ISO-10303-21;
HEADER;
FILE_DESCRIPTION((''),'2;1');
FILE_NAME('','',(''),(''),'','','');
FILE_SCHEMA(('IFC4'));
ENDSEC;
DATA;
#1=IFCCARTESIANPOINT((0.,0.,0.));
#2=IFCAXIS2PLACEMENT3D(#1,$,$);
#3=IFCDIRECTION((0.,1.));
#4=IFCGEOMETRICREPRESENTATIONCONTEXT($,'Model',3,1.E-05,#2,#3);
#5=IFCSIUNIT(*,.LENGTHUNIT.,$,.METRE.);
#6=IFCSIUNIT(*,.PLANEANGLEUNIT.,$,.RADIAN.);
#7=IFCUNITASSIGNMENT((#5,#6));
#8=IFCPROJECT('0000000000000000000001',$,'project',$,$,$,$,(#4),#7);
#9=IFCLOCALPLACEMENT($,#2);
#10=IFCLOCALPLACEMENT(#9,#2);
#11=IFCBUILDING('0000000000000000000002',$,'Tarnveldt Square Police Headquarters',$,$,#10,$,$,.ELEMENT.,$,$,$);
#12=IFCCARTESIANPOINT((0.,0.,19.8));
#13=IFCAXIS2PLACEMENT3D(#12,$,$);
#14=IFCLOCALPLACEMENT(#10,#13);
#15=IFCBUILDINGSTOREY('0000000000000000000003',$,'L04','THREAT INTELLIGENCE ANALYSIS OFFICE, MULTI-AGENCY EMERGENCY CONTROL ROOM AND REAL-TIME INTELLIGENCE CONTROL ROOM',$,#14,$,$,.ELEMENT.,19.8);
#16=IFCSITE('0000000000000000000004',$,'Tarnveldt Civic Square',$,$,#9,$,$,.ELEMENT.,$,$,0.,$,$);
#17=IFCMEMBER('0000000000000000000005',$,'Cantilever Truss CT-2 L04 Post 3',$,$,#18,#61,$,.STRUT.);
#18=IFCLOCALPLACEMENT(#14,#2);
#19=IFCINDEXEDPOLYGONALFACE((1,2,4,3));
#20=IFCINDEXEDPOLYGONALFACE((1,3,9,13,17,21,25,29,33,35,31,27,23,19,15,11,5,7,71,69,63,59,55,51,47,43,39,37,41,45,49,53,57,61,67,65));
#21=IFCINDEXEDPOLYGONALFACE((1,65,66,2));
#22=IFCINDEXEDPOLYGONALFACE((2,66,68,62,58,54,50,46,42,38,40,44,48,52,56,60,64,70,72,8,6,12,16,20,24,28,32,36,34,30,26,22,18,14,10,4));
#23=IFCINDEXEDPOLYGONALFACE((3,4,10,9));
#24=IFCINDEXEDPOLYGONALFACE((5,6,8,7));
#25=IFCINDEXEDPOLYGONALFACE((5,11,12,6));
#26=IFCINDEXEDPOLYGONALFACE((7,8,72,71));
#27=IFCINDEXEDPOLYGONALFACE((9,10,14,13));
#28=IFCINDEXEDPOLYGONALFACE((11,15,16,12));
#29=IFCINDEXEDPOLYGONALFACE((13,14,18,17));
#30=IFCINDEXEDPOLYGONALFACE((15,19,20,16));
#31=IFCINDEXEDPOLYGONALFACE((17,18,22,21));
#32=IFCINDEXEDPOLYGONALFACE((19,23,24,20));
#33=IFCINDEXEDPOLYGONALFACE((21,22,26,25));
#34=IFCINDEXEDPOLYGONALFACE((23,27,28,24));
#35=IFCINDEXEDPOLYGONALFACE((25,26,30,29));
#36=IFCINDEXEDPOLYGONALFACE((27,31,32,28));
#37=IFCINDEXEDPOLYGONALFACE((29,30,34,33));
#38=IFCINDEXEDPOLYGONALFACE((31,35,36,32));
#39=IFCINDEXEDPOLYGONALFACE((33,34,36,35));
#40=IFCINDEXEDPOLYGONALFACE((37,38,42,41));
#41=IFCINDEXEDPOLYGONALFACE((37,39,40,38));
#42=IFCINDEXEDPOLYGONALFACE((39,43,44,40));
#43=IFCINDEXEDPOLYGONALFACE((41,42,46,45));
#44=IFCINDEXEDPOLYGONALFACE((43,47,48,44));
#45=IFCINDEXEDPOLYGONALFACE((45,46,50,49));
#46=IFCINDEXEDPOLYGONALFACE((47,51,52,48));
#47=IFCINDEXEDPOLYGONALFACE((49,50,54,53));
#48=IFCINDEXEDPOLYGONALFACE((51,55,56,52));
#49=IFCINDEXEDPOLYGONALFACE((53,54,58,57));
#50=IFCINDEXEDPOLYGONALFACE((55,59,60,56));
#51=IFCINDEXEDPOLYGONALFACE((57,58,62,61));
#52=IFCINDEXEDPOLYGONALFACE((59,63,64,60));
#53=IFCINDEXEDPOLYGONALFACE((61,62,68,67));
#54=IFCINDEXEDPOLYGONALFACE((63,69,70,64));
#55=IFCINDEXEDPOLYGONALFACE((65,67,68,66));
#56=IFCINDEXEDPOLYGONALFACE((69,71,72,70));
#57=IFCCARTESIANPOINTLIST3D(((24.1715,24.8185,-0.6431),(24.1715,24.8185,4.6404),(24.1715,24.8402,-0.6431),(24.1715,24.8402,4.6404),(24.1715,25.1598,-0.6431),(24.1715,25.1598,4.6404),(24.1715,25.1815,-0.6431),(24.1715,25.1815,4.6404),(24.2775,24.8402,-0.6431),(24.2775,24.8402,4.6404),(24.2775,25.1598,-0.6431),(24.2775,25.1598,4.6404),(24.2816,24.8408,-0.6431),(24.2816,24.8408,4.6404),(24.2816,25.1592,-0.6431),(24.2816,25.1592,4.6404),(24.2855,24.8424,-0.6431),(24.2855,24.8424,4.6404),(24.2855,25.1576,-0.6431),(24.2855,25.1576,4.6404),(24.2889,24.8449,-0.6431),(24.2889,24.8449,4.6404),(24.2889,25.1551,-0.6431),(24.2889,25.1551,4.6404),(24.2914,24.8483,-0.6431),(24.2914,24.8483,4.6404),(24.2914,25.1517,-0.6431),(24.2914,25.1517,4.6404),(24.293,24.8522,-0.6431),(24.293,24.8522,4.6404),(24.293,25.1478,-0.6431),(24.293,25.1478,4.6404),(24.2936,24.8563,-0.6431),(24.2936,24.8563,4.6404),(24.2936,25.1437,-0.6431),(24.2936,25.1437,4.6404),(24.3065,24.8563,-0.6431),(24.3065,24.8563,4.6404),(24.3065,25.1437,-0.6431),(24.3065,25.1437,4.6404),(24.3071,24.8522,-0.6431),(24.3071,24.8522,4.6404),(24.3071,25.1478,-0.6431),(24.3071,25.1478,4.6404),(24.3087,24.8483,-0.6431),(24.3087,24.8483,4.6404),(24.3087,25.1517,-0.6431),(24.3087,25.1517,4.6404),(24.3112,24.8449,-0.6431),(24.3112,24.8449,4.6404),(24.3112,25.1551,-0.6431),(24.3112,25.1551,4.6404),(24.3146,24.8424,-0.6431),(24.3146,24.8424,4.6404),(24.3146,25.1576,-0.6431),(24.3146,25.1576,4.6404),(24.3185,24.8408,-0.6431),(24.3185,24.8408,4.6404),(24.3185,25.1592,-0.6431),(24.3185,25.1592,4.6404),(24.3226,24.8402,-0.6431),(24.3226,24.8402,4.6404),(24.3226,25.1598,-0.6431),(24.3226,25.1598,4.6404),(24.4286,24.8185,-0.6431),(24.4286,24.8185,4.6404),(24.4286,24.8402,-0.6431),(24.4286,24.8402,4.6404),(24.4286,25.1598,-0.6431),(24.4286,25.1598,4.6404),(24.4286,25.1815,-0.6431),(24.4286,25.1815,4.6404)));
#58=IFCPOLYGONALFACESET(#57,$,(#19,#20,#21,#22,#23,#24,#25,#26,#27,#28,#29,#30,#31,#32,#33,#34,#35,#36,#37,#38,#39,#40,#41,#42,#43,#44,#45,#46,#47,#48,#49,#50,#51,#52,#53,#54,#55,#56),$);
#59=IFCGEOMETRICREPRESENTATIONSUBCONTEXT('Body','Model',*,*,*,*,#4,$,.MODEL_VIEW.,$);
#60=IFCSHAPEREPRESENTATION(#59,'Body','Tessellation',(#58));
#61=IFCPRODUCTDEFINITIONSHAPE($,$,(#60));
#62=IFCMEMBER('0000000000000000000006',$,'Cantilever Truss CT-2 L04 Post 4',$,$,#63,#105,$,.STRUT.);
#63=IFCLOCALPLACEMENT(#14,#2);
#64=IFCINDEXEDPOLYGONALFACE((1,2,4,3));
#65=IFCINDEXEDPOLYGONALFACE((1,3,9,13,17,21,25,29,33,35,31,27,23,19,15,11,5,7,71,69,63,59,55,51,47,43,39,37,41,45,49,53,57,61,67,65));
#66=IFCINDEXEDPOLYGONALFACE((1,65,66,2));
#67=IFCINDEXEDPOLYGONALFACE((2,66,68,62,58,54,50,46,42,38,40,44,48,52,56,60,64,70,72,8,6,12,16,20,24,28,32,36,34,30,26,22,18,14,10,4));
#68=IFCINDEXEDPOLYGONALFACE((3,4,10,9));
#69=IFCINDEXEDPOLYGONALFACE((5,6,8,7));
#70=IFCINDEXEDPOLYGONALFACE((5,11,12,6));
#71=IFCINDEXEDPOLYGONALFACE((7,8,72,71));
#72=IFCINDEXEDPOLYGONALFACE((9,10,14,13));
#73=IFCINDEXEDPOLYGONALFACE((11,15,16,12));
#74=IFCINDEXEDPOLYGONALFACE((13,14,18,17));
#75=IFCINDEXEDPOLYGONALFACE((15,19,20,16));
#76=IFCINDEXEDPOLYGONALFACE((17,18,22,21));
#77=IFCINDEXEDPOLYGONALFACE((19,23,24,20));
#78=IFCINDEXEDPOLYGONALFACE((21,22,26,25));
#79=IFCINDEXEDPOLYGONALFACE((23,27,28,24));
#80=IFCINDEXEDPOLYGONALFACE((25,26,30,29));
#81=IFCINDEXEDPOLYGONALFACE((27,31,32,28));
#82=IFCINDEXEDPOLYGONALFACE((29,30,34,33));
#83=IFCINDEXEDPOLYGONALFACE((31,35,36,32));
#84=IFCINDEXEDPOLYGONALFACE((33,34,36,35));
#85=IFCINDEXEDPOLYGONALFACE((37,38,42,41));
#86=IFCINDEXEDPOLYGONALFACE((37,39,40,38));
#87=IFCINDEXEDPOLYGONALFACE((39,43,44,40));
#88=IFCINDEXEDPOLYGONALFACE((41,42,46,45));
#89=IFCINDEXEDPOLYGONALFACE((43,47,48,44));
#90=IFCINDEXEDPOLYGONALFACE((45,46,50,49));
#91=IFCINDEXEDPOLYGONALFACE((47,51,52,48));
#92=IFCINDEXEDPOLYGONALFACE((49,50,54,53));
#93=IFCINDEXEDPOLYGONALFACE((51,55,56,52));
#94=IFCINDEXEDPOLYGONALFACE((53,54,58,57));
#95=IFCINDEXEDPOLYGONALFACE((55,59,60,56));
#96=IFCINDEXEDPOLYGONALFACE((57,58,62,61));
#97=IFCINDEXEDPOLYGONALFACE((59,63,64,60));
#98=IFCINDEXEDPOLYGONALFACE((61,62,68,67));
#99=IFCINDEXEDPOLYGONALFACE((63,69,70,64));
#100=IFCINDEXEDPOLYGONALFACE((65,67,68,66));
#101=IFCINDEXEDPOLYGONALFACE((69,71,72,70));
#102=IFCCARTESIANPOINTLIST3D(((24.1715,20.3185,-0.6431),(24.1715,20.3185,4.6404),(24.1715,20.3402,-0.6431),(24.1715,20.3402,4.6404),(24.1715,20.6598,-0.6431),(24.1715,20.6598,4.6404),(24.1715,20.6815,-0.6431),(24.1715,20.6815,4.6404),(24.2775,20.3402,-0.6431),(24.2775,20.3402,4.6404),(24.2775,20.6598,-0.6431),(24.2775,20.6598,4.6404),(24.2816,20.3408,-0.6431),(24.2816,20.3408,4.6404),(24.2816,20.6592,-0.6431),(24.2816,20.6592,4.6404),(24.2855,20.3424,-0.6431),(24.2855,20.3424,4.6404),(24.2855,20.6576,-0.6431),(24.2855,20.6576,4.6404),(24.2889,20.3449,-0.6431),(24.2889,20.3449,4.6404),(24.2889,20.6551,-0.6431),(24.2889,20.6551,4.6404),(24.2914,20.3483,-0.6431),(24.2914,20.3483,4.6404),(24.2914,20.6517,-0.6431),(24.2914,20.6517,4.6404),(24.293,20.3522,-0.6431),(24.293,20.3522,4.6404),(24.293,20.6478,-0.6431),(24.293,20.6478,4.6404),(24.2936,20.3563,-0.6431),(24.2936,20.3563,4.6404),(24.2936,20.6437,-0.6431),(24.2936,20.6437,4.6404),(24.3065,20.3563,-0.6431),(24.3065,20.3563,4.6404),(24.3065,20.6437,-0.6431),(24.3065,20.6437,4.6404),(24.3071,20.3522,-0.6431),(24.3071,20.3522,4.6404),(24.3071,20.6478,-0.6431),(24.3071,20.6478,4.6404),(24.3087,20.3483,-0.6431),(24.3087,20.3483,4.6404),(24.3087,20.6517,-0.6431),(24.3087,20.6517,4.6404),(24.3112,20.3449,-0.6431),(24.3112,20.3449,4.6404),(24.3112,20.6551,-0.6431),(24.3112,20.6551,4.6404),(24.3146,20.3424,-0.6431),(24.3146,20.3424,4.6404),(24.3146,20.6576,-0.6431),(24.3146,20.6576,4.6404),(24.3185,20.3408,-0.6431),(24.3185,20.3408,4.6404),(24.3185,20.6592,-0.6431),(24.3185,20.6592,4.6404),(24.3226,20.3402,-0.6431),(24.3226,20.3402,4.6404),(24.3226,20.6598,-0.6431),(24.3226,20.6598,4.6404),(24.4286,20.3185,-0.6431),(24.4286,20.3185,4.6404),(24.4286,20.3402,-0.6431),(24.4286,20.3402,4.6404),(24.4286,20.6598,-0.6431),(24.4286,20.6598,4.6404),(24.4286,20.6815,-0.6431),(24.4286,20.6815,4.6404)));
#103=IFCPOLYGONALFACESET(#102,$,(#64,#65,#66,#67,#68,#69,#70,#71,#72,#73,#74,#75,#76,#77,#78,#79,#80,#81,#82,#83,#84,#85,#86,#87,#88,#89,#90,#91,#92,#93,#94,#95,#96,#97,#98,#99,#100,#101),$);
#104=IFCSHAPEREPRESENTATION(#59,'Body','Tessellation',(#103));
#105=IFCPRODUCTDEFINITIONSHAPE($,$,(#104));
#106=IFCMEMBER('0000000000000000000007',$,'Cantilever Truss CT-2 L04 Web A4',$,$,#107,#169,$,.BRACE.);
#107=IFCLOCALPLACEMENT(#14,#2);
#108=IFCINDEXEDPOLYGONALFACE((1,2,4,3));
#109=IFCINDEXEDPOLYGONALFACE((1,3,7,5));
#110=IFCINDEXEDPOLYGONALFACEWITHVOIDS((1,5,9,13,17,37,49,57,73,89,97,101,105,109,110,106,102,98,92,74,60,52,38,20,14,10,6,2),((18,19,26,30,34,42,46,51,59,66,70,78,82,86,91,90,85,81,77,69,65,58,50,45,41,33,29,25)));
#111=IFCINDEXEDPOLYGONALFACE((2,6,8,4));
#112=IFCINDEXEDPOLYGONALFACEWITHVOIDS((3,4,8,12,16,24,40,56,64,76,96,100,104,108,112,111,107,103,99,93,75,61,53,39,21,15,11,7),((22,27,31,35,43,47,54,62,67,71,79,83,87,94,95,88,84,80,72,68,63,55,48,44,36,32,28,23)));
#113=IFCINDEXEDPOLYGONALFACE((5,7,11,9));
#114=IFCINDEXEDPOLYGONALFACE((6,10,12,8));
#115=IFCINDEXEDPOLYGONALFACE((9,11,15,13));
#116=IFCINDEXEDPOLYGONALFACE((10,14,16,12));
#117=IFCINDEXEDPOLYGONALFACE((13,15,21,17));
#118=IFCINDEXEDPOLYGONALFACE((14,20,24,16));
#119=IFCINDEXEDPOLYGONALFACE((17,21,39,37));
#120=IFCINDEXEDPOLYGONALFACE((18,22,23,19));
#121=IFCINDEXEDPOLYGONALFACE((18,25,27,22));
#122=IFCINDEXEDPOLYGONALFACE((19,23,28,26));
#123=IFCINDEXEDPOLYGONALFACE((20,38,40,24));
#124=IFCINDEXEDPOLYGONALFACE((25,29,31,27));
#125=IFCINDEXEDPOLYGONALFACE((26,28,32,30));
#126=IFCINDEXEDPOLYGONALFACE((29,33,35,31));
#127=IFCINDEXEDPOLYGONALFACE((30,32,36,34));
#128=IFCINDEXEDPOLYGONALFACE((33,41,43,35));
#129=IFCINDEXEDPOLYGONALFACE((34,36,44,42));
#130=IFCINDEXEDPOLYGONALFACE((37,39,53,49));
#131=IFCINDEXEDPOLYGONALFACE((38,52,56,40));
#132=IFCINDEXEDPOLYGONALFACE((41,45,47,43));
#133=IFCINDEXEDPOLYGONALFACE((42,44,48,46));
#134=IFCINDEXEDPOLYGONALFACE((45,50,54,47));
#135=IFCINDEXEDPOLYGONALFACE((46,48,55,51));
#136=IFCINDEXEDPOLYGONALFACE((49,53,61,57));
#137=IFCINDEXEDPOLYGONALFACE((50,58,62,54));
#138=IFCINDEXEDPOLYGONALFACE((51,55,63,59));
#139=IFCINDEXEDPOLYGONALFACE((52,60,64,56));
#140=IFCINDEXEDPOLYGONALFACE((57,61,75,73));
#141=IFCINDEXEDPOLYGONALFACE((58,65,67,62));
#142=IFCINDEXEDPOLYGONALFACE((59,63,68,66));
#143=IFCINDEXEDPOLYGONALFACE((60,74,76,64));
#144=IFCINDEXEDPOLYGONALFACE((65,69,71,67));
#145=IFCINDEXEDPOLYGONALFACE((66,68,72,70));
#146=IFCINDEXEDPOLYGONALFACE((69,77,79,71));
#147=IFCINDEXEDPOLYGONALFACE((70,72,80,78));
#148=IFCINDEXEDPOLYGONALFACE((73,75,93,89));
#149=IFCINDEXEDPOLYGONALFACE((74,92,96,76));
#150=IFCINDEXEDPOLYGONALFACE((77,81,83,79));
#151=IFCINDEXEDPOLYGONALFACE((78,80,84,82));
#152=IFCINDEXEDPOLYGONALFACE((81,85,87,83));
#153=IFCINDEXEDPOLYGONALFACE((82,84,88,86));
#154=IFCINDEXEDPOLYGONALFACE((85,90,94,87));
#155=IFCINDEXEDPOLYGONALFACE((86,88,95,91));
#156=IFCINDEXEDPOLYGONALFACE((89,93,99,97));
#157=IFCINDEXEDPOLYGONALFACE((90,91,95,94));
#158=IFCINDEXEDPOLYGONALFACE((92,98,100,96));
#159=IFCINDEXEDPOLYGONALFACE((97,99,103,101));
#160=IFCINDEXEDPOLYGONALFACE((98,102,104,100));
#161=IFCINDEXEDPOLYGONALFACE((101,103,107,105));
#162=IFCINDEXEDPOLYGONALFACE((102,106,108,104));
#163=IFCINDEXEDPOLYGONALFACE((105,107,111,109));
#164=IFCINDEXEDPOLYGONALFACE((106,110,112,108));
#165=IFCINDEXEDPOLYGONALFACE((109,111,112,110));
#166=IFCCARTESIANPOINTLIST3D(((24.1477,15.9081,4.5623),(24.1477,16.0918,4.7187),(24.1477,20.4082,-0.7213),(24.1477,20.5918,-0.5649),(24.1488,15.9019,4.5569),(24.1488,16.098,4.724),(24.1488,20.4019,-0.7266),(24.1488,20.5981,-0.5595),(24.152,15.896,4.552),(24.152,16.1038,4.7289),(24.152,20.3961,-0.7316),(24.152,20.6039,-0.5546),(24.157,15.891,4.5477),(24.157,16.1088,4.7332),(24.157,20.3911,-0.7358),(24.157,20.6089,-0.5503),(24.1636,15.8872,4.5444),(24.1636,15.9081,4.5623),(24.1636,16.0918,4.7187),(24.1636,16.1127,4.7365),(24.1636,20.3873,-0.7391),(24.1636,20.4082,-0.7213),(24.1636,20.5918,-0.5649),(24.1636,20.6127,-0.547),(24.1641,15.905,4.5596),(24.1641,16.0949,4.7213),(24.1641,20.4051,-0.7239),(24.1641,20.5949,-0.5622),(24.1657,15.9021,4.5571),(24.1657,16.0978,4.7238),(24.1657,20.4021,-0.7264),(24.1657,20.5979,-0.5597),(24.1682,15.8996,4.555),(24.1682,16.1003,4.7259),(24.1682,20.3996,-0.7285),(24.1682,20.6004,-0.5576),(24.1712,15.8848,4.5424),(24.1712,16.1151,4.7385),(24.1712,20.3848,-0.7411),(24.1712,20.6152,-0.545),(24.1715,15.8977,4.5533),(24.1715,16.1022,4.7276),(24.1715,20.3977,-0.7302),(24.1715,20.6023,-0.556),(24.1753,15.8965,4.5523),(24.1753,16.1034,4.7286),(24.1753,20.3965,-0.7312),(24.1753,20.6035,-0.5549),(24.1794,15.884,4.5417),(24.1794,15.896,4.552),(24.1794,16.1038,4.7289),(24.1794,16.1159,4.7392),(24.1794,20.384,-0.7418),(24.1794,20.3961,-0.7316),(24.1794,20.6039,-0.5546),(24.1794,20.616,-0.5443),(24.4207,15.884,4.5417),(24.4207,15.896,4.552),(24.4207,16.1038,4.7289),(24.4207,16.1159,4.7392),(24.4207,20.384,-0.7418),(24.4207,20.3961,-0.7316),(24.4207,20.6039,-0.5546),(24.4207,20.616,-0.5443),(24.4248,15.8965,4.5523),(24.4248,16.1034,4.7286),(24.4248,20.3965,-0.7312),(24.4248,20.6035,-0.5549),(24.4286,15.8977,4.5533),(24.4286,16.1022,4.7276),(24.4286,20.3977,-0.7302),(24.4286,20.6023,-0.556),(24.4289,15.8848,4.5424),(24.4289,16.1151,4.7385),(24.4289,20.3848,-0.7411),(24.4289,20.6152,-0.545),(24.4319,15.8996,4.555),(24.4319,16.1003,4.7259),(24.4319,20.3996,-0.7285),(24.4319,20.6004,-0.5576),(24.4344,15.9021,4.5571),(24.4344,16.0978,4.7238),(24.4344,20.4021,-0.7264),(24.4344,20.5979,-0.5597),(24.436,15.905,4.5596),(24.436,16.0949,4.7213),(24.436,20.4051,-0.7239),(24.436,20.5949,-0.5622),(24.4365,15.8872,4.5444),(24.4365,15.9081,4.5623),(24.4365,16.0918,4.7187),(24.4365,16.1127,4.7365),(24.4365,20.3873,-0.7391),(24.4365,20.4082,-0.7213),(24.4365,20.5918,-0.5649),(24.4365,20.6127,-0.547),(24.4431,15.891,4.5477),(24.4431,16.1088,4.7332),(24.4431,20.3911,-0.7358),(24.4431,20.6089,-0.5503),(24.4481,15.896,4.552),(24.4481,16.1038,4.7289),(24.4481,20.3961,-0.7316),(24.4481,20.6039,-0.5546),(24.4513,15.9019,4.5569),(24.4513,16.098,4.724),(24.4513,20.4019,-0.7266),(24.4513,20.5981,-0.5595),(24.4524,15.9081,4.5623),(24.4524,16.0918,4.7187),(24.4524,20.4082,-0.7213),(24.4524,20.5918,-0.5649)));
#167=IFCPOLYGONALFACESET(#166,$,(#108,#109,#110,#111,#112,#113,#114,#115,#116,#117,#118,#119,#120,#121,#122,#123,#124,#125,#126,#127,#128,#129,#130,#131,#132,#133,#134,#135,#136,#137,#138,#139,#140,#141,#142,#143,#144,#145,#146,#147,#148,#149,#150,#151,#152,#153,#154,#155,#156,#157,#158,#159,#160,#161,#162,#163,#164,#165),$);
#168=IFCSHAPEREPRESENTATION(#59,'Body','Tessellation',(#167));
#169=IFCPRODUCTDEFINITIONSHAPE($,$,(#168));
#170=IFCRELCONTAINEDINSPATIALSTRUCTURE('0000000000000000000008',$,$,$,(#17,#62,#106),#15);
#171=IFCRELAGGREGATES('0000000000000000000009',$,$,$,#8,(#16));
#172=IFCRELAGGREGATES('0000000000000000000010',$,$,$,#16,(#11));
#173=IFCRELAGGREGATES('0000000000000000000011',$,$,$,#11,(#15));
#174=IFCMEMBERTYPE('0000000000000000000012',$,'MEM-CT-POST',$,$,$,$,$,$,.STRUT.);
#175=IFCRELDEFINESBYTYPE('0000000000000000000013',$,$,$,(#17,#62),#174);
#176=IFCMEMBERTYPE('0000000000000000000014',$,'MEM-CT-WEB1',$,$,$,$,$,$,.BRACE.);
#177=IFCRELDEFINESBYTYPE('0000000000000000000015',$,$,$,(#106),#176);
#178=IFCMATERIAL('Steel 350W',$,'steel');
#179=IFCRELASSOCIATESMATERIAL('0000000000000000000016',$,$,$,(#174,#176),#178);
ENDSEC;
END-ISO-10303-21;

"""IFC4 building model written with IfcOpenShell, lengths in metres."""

from ifc_helpers import new_model, si_unit, direction, frame, origin, origin_2d, place, context, subcontext, project, spatial, hollow_rectangle, i_section, extrude, material, material_profile, profile_set, type_object, element, save


model = new_model("IFC4")

# Units and contexts
model_context = context("Model", 3, precision=1e-05, world=origin(), true_north=direction((0.0, 1.0)))
body_context = subcontext(model_context, "Body", "Model", "MODEL_VIEW")
ifc_project = project(units=[si_unit("LENGTHUNIT", "METRE"), si_unit("PLANEANGLEUNIT", "RADIAN")], contexts=[model_context])

# Site, building, storey
site_placement = place(None, origin())
site = spatial("IfcSite", under=ifc_project, at=site_placement, Name="Tarnveldt Civic Square", CompositionType="ELEMENT", RefElevation=0.0)
building_placement = place(site_placement, origin())
building = spatial("IfcBuilding", under=site, at=building_placement, Name="Tarnveldt Square Police Headquarters", CompositionType="ELEMENT")
storey_placement = place(building_placement, frame((0.0, 0.0, 19.8)))
storey = spatial("IfcBuildingStorey", under=building, at=storey_placement, Name="L04", Description="THREAT INTELLIGENCE ANALYSIS OFFICE, MULTI-AGENCY EMERGENCY CONTROL ROOM AND REAL-TIME INTELLIGENCE CONTROL ROOM", CompositionType="ELEMENT", Elevation=19.8)

# Shared definitions
ifc_material_1 = material(Name="Steel 350W", Category="steel")

# Members
ifc_material_profile_1 = material_profile(ifc_material_1, i_section(OverallWidth=0.2571, OverallDepth=0.363, WebThickness=0.0129, FlangeThickness=0.0217, FilletRadius=0.0161, at=origin_2d()), Name="W360x122")
ifc_profile_set_1 = profile_set([ifc_material_profile_1], Name="Steel 350W")
member_type_1 = type_object("IfcMemberType", Name="MEM-CT-POST", PredefinedType="STRUT", material=ifc_profile_set_1)
for number, where, z_axis, x_axis, name in (
    (1, (24.3, 25.0, -0.6431), (0.0, 0.0, 1.0), (1.0, 0.0, 0.0), "Cantilever Truss CT-2 L04 Post 3"),
    (2, (24.3, 20.5, -0.6431), (0.0, 0.0, 1.0), (1.0, 0.0, 0.0), "Cantilever Truss CT-2 L04 Post 4"),
):
    element("IfcMember", number, at=place(storey_placement, frame(where, z_axis=z_axis, x_axis=x_axis)), inside=storey, type_object=member_type_1, Name=name, PredefinedType="STRUT", context=body_context, shape_type="SweptSolid", body=[
        extrude(i_section(OverallWidth=0.2571, OverallDepth=0.363, WebThickness=0.0129, FlangeThickness=0.0217, FilletRadius=0.0161, at=origin_2d()), origin(), (0.0, 0.0, 1.0), 5.2834),
    ])
ifc_material_profile_2 = material_profile(ifc_material_1, hollow_rectangle(XDim=0.3047, YDim=0.3047, WallThickness=0.0159, InnerFilletRadius=0.0159, OuterFilletRadius=0.0317, at=origin_2d()), Name="HSS305x305x16")
ifc_profile_set_2 = profile_set([ifc_material_profile_2], Name="Steel 350W")
member_type_2 = type_object("IfcMemberType", Name="MEM-CT-WEB1", PredefinedType="BRACE", material=ifc_profile_set_2)
member_1_placement = place(storey_placement, frame((24.3, 20.5, -0.6431), z_axis=(0.0, -0.648407, 0.761294), x_axis=(1.0, 0.0, 0.0)))
element("IfcMember", 3, at=member_1_placement, inside=storey, type_object=member_type_2, Name="Cantilever Truss CT-2 L04 Web A4", PredefinedType="BRACE", context=body_context, shape_type="SweptSolid", body=[
    extrude(hollow_rectangle(XDim=0.3047, YDim=0.3047, WallThickness=0.0159, InnerFilletRadius=0.0159, OuterFilletRadius=0.0317, at=origin_2d()), origin(), (0.0, 0.0, 1.0), 6.9402),
])

save(model, "model.ifc")
